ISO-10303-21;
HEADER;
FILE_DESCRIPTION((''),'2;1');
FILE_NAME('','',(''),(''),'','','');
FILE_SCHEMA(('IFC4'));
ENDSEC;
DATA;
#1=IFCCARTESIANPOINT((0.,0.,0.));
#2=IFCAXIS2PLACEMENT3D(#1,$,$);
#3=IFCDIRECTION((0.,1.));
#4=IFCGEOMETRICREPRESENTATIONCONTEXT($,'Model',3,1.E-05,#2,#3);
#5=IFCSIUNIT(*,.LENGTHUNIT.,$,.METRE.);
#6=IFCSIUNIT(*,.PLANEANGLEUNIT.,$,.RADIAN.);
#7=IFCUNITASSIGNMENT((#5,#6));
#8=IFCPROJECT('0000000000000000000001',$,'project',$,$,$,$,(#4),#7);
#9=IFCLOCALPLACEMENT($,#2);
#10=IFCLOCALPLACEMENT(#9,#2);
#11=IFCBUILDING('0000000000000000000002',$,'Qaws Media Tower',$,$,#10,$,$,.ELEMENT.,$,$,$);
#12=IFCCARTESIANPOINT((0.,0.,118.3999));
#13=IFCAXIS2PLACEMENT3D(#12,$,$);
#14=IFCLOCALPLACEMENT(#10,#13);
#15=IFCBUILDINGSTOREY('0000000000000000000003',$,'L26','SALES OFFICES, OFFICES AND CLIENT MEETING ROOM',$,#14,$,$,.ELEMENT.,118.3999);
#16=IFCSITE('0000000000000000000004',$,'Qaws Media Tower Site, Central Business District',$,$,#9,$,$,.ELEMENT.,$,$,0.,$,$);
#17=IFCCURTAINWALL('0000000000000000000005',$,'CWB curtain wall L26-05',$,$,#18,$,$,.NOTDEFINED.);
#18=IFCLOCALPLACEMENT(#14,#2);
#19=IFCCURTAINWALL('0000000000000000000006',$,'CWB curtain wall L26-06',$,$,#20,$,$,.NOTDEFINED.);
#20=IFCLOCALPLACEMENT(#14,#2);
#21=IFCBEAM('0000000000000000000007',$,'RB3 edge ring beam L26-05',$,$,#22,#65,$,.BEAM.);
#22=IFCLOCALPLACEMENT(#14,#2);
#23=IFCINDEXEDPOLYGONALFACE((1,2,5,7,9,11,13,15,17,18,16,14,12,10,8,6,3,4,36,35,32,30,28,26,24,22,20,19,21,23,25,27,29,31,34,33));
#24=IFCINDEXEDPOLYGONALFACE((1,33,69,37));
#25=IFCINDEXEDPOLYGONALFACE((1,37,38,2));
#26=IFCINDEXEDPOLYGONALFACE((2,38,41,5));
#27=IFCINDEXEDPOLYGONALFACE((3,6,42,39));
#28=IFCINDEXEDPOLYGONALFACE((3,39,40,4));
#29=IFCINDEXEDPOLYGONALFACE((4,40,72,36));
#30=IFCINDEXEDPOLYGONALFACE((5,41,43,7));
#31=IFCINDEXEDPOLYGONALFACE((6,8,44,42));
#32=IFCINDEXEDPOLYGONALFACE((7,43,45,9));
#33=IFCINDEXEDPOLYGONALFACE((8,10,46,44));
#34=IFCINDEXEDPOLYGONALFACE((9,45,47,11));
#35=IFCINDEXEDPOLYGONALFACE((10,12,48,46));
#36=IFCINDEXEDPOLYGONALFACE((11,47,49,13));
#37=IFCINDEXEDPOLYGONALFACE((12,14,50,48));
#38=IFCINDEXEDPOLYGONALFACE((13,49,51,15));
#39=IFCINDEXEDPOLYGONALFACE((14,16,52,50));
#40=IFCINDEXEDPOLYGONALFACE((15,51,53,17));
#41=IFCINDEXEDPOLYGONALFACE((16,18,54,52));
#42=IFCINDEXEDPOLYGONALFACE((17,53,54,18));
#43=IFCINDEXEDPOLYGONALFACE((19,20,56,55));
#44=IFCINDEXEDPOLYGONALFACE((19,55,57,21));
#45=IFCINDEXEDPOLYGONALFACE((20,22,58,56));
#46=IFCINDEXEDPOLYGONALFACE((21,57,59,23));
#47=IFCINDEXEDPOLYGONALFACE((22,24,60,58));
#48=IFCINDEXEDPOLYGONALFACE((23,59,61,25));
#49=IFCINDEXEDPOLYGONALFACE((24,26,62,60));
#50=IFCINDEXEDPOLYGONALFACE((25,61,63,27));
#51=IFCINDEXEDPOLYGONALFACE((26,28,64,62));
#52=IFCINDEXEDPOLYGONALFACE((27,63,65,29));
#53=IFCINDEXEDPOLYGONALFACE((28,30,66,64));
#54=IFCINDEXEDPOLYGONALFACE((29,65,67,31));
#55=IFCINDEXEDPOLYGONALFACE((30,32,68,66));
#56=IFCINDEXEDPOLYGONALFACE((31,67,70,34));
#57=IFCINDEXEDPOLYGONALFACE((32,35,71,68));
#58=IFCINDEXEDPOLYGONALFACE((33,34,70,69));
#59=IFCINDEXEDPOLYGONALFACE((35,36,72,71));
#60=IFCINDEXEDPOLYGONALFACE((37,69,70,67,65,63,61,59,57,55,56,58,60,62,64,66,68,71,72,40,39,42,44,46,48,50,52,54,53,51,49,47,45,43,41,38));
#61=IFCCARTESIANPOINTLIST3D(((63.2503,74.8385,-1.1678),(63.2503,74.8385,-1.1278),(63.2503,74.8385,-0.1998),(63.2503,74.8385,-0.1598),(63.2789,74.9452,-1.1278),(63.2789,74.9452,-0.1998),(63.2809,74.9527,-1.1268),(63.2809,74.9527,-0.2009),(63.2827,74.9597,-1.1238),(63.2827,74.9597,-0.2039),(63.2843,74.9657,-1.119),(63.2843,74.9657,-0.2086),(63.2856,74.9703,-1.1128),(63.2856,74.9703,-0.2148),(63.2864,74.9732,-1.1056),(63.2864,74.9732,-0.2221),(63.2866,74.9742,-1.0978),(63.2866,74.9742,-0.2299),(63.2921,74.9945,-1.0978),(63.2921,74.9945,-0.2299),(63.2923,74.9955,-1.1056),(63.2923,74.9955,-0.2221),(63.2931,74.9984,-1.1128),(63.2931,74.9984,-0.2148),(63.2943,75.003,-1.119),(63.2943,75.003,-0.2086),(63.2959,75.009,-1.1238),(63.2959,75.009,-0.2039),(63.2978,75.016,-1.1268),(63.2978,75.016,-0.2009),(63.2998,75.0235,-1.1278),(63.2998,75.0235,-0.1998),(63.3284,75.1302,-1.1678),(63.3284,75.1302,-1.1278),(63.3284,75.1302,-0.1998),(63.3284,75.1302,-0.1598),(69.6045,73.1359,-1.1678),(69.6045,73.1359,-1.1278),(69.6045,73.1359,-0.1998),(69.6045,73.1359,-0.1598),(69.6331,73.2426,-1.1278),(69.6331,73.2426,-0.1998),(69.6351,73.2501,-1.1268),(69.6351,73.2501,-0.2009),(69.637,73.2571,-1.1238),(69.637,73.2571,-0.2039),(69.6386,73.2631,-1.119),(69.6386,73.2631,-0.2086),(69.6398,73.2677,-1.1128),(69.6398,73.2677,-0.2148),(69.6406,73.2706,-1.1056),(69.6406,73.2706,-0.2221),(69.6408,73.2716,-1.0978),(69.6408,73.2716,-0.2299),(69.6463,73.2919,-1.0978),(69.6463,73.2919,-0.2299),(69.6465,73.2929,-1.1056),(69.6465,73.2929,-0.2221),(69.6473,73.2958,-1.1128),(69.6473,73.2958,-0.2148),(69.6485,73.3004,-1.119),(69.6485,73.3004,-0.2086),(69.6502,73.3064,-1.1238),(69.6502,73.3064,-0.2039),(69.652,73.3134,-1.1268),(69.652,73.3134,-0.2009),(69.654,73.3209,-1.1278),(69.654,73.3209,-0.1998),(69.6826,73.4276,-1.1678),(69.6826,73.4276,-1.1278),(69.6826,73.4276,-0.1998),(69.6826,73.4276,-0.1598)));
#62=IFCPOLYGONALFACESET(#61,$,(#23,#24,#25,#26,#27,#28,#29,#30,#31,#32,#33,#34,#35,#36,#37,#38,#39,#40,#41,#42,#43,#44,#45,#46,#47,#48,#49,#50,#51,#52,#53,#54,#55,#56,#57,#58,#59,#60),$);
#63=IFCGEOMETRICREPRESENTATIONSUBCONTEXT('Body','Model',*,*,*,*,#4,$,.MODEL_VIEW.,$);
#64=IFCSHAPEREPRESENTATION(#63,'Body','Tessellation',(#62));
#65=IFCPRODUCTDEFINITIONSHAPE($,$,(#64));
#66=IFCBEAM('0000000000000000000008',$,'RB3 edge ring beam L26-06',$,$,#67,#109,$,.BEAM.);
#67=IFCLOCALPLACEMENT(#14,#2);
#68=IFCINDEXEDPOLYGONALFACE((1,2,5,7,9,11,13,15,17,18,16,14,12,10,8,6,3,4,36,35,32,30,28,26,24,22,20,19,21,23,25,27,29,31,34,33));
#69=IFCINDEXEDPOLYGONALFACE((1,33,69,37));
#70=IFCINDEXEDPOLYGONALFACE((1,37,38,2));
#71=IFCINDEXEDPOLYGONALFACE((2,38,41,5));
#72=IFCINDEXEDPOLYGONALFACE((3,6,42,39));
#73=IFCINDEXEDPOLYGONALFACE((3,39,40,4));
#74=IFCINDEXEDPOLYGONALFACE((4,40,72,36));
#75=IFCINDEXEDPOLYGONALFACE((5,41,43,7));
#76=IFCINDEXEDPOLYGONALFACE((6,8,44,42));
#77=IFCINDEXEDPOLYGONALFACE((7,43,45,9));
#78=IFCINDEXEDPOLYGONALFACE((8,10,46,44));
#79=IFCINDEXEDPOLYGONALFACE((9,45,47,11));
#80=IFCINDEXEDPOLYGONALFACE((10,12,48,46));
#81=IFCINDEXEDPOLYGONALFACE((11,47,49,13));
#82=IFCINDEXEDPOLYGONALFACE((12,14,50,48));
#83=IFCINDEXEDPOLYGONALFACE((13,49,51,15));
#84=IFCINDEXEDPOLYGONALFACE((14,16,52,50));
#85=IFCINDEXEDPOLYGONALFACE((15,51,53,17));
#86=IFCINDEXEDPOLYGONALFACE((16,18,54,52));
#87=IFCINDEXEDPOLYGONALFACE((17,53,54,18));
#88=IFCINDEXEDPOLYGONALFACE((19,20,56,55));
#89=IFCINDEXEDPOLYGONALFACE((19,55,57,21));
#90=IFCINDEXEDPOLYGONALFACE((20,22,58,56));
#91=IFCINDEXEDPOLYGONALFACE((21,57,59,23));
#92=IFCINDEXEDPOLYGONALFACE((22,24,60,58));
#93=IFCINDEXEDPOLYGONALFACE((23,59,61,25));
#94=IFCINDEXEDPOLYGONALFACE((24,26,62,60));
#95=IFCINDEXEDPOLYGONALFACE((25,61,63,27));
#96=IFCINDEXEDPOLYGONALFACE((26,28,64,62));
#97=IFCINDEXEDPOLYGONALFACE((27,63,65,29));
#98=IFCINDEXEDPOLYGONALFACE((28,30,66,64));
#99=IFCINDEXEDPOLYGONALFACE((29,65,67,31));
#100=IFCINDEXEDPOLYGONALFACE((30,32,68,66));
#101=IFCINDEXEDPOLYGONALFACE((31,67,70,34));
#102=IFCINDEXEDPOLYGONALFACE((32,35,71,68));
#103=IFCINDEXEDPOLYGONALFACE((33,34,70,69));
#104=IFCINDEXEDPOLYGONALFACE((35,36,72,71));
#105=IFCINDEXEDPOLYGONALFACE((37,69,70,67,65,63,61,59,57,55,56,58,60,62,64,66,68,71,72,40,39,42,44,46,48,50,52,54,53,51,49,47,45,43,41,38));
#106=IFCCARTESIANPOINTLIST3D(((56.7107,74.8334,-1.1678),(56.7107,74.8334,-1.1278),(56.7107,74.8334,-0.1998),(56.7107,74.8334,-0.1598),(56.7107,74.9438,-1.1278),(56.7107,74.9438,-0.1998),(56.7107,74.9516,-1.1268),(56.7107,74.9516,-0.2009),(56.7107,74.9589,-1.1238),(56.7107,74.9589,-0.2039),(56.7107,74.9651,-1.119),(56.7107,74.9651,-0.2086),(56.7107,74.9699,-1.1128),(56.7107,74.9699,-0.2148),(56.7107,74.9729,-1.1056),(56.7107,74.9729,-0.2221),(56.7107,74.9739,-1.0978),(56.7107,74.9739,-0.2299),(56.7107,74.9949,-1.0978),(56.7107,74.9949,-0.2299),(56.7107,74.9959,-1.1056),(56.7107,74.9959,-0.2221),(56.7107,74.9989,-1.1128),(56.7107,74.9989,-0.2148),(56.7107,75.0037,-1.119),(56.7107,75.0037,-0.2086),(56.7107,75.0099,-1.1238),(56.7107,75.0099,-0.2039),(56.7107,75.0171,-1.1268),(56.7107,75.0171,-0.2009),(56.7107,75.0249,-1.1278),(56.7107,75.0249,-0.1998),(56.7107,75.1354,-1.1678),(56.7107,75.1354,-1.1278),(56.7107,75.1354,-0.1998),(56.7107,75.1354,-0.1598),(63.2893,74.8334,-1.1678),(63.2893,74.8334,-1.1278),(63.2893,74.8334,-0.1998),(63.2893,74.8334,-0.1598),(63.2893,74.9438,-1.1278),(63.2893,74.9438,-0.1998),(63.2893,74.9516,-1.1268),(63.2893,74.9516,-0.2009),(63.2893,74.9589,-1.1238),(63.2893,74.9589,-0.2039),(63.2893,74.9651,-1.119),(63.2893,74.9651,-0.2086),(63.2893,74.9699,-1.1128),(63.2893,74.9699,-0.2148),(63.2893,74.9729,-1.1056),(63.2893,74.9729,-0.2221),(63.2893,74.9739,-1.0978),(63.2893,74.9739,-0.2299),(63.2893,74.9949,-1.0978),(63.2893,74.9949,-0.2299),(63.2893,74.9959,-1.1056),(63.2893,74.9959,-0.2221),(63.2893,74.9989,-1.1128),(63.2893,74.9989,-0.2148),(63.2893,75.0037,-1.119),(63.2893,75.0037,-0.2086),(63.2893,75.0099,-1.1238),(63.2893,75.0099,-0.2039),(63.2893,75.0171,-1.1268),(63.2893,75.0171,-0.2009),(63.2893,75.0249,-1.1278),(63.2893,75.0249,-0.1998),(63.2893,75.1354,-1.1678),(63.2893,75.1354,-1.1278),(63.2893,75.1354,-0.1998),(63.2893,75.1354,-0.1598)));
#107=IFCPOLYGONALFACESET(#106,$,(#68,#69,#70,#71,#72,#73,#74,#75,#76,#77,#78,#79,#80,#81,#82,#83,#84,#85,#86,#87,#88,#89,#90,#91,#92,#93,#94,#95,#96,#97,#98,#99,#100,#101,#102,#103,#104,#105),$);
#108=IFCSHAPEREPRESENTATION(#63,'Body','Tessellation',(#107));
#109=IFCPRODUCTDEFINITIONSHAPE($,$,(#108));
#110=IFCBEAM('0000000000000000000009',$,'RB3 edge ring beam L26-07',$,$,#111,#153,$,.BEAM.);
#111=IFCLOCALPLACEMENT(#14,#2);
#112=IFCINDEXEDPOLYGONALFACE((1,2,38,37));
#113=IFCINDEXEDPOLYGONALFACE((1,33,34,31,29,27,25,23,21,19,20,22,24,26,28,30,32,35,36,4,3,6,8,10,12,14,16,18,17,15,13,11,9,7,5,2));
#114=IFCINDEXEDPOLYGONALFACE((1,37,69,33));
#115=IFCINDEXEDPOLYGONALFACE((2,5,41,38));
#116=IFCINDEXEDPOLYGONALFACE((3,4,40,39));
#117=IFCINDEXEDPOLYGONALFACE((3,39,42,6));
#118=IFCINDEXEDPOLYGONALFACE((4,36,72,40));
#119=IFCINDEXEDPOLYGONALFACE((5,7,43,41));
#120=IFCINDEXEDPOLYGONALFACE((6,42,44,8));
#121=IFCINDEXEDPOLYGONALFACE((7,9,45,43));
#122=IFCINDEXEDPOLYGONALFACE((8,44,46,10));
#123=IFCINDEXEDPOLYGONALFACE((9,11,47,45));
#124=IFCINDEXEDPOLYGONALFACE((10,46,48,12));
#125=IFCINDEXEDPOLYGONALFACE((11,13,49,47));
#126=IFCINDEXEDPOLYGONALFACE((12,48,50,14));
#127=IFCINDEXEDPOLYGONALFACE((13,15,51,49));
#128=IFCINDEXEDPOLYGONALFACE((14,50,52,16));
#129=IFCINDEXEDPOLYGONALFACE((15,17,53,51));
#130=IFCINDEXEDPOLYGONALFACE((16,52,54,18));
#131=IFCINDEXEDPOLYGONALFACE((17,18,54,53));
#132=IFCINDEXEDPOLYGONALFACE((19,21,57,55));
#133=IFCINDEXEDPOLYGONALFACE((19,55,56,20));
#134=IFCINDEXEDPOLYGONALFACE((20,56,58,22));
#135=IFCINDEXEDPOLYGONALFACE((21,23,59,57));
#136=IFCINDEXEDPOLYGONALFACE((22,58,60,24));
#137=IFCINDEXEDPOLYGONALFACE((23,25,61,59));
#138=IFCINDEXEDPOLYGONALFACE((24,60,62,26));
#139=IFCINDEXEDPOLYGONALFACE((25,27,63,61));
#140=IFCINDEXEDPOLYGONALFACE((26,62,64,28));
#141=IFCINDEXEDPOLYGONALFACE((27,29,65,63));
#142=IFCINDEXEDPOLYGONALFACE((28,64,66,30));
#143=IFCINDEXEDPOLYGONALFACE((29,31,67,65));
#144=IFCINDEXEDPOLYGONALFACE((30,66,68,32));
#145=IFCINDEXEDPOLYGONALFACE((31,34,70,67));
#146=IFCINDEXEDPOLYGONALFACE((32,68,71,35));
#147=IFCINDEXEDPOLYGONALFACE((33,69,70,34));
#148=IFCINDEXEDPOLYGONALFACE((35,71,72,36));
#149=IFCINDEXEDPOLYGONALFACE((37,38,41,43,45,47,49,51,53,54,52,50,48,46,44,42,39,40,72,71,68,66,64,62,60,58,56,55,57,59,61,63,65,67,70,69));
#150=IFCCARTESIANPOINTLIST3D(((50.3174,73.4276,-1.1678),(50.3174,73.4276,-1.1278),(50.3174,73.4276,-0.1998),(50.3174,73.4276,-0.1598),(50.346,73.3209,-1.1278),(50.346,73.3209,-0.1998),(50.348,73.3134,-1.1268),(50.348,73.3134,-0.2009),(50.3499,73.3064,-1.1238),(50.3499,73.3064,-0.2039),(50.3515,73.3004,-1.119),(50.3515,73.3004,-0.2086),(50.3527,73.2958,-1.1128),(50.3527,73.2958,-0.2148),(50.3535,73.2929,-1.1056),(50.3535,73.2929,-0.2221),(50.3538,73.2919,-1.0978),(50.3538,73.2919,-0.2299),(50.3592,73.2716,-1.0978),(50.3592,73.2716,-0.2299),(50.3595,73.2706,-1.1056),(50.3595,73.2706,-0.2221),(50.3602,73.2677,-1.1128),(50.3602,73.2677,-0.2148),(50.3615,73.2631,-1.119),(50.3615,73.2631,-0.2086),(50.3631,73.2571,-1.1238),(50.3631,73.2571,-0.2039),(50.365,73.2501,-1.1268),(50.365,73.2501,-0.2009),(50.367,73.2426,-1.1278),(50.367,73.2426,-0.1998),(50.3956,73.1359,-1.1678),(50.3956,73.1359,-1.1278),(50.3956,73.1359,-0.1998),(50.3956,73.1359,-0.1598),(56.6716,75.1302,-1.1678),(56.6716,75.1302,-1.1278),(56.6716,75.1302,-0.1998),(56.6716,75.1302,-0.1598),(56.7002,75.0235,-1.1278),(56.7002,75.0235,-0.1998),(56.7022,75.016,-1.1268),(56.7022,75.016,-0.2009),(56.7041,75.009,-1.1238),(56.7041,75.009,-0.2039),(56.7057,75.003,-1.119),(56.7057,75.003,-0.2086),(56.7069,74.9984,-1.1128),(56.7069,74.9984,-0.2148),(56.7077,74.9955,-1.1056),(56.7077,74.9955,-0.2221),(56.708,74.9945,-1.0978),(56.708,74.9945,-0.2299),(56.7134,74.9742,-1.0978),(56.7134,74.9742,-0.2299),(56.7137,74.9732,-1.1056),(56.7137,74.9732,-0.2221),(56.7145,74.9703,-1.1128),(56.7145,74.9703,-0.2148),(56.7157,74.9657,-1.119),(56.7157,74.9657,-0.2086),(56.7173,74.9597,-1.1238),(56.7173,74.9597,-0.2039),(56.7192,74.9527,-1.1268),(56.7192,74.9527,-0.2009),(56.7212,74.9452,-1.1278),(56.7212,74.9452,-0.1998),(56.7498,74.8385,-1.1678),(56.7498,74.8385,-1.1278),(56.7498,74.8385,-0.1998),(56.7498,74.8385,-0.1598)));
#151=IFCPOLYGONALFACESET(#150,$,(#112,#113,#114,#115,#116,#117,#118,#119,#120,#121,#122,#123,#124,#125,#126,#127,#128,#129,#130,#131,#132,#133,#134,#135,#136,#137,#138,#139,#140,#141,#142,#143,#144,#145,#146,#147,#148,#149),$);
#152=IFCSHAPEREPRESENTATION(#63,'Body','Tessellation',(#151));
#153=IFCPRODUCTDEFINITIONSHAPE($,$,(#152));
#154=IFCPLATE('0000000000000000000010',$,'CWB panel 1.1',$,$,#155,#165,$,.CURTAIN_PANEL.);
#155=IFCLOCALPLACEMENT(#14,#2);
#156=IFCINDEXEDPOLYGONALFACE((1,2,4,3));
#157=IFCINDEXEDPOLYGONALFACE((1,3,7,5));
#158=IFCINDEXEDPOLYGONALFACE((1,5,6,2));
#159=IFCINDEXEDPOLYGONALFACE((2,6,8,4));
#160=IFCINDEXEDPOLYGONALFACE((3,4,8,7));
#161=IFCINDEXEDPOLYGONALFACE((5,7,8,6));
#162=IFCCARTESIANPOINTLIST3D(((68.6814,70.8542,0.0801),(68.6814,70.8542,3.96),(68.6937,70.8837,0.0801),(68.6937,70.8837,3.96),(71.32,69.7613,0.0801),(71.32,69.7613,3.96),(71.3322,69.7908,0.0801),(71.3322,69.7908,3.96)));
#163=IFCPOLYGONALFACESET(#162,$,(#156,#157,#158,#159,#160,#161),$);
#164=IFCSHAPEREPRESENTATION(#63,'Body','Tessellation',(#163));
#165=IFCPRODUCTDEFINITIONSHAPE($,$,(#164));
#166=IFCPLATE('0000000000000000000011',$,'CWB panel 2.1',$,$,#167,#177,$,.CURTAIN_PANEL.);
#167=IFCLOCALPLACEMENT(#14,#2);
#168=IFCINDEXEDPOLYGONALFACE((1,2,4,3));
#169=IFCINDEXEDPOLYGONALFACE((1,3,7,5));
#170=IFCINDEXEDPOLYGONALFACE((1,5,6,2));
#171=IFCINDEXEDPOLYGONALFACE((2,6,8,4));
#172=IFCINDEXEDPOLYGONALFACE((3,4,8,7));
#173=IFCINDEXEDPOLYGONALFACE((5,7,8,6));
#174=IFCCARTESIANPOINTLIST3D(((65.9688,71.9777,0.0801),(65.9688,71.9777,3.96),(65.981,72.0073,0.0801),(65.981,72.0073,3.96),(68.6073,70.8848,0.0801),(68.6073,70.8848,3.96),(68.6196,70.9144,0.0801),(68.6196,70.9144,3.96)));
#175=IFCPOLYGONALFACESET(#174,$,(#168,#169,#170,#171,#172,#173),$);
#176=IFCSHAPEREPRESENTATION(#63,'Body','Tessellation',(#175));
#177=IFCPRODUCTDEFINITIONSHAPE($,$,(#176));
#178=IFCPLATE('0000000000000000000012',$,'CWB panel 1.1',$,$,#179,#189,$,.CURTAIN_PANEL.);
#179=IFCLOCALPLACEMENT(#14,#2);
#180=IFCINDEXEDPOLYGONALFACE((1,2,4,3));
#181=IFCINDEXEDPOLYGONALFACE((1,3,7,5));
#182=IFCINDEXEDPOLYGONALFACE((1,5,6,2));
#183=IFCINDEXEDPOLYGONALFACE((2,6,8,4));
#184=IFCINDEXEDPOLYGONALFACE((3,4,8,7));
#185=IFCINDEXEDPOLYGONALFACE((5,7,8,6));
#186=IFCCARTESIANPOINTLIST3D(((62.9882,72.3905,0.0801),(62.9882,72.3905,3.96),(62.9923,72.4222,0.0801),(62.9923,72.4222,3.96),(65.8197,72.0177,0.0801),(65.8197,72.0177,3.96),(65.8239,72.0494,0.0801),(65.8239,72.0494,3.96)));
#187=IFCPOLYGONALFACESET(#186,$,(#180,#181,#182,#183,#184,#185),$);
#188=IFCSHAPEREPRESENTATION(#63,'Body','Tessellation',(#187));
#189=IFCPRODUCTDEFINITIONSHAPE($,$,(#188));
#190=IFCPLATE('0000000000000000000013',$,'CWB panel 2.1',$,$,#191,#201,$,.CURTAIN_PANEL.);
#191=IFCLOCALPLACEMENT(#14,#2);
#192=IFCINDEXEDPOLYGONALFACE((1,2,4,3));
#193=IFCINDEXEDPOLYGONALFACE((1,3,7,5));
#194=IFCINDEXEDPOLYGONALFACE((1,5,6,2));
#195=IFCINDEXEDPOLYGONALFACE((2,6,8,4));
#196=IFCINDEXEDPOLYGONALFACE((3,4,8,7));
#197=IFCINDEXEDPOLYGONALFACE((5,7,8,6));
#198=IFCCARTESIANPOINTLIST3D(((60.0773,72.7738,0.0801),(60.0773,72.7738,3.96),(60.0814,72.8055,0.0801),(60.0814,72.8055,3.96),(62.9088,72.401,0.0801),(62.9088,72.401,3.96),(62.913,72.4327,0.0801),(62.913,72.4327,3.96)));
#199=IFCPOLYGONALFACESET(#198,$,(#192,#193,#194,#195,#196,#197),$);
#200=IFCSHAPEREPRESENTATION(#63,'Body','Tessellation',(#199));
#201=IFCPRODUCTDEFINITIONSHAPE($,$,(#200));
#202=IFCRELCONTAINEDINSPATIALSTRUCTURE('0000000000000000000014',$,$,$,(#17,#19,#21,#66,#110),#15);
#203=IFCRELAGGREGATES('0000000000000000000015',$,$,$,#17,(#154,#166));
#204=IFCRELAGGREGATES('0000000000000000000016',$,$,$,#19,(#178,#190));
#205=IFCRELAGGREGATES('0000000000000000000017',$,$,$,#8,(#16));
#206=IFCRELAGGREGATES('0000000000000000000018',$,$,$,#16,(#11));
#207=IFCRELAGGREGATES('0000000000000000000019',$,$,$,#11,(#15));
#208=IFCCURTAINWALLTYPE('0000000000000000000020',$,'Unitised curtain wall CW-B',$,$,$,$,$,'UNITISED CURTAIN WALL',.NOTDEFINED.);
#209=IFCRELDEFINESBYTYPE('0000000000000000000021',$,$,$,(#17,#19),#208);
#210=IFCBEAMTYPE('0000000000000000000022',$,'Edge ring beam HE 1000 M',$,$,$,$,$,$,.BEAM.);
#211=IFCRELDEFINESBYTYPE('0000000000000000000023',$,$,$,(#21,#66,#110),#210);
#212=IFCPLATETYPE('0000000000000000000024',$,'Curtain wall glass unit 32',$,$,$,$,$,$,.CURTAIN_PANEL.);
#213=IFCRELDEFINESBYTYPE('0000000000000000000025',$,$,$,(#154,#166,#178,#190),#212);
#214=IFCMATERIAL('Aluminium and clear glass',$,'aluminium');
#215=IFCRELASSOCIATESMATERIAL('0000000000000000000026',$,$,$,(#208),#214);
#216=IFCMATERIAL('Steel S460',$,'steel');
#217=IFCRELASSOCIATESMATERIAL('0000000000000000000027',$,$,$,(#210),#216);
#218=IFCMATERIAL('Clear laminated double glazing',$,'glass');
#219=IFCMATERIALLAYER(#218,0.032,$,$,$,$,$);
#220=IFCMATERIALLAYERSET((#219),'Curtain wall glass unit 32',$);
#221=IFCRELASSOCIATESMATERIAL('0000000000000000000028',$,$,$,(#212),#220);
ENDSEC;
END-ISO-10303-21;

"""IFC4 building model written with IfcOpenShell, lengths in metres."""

from ifc_helpers import new_model, si_unit, direction, frame, origin, origin_2d, place, context, subcontext, project, spatial, rectangle, i_section, extrude, material, layer, layer_set, material_profile, profile_set, type_object, element, aggregate, save


model = new_model("IFC4")

# Units and contexts
model_context = context("Model", 3, precision=1e-05, world=origin(), true_north=direction((0.0, 1.0)))
body_context = subcontext(model_context, "Body", "Model", "MODEL_VIEW")
ifc_project = project(units=[si_unit("LENGTHUNIT", "METRE"), si_unit("PLANEANGLEUNIT", "RADIAN")], contexts=[model_context])

# Site, building, storey
site_placement = place(None, origin())
site = spatial("IfcSite", under=ifc_project, at=site_placement, Name="Qaws Media Tower Site, Central Business District", CompositionType="ELEMENT", RefElevation=0.0)
building_placement = place(site_placement, origin())
building = spatial("IfcBuilding", under=site, at=building_placement, Name="Qaws Media Tower", CompositionType="ELEMENT")
storey_placement = place(building_placement, frame((0.0, 0.0, 118.3999)))
storey = spatial("IfcBuildingStorey", under=building, at=storey_placement, Name="L26", Description="SALES OFFICES, OFFICES AND CLIENT MEETING ROOM", CompositionType="ELEMENT", Elevation=118.3999)

# Curtain walls
ifc_material_1 = material(Name="Aluminium and clear glass", Category="aluminium")
curtain_wall_type = type_object("IfcCurtainWallType", Name="Unitised curtain wall CW-B", ElementType="UNITISED CURTAIN WALL", PredefinedType="NOTDEFINED", material=ifc_material_1)
curtain_wall_1_placement = place(storey_placement, origin())
curtain_wall_1 = element("IfcCurtainWall", 1, at=curtain_wall_1_placement, inside=storey, type_object=curtain_wall_type, Name="CWB curtain wall L26-05", PredefinedType="NOTDEFINED")
curtain_wall_2_placement = place(storey_placement, origin())
curtain_wall_2 = element("IfcCurtainWall", 2, at=curtain_wall_2_placement, inside=storey, type_object=curtain_wall_type, Name="CWB curtain wall L26-06", PredefinedType="NOTDEFINED")

# Beams
ifc_material_2 = material(Name="Steel S460", Category="steel")
ifc_material_profile_1 = material_profile(ifc_material_2, i_section(OverallWidth=0.302, OverallDepth=1.0081, WebThickness=0.021, FlangeThickness=0.04, FilletRadius=0.03, at=origin_2d()), Name="HE 1000 M")
ifc_profile_set_1 = profile_set([ifc_material_profile_1], Name="Steel S460")
beam_type = type_object("IfcBeamType", Name="Edge ring beam HE 1000 M", PredefinedType="BEAM", material=ifc_profile_set_1)
beam_1_placement = place(storey_placement, frame((69.6436, 73.2817, -0.6638), z_axis=(-0.965925, 0.258822, 0.0), x_axis=(-0.258822, -0.965925, 0.0)))
element("IfcBeam", 3, at=beam_1_placement, inside=storey, type_object=beam_type, Name="RB3 edge ring beam L26-05", PredefinedType="BEAM", context=body_context, shape_type="SweptSolid", body=[
    extrude(i_section(OverallWidth=0.302, OverallDepth=1.0081, WebThickness=0.021, FlangeThickness=0.04, FilletRadius=0.03, at=origin_2d()), origin(), (0.0, 0.0, 1.0), 6.5784),
])
beam_2_placement = place(storey_placement, frame((63.2893, 74.9844, -0.6638), z_axis=(-1.0, 0.0, 0.0), x_axis=(0.0, -1.0, 0.0)))
element("IfcBeam", 4, at=beam_2_placement, inside=storey, type_object=beam_type, Name="RB3 edge ring beam L26-06", PredefinedType="BEAM", context=body_context, shape_type="SweptSolid", body=[
    extrude(i_section(OverallWidth=0.302, OverallDepth=1.0081, WebThickness=0.021, FlangeThickness=0.04, FilletRadius=0.03, at=origin_2d()), origin(), (0.0, 0.0, 1.0), 6.5786),
])
beam_3_placement = place(storey_placement, frame((56.7107, 74.9844, -0.6638), z_axis=(-0.965925, -0.258822, 0.0), x_axis=(0.258822, -0.965925, 0.0)))
element("IfcBeam", 5, at=beam_3_placement, inside=storey, type_object=beam_type, Name="RB3 edge ring beam L26-07", PredefinedType="BEAM", context=body_context, shape_type="SweptSolid", body=[
    extrude(i_section(OverallWidth=0.302, OverallDepth=1.0081, WebThickness=0.021, FlangeThickness=0.04, FilletRadius=0.03, at=origin_2d()), origin(), (0.0, 0.0, 1.0), 6.5784),
])

# Plates
ifc_material_3 = material(Name="Clear laminated double glazing", Category="glass")
ifc_layer_1 = layer(ifc_material_3, 0.032)
ifc_layer_set_1 = layer_set([ifc_layer_1], Name="Curtain wall glass unit 32")
plate_type_1 = type_object("IfcPlateType", Name="Curtain wall glass unit 32", PredefinedType="CURTAIN_PANEL", material=ifc_layer_set_1)
plate_1_placement = place(storey_placement, frame((70.0068, 70.3225, 0.0801), z_axis=(0.0, 0.0, 1.0), x_axis=(-0.92388, 0.382683, 0.0)))
plate_1 = element("IfcPlate", 6, at=plate_1_placement, type_object=plate_type_1, Name="CWB panel 1.1", PredefinedType="CURTAIN_PANEL", context=body_context, shape_type="SweptSolid", body=[
    extrude(rectangle(XDim=2.856, YDim=0.032, at=origin_2d()), origin(), (0.0, 0.0, 1.0), 3.8799),
])
plate_2_placement = place(storey_placement, frame((67.2942, 71.446, 0.0801), z_axis=(0.0, 0.0, 1.0), x_axis=(-0.92388, 0.382683, 0.0)))
plate_2 = element("IfcPlate", 7, at=plate_2_placement, type_object=plate_type_1, Name="CWB panel 2.1", PredefinedType="CURTAIN_PANEL", context=body_context, shape_type="SweptSolid", body=[
    extrude(rectangle(XDim=2.856, YDim=0.032, at=origin_2d()), origin(), (0.0, 0.0, 1.0), 3.8799),
])
aggregate(curtain_wall_1, [plate_1, plate_2])
plate_3_placement = place(storey_placement, frame((64.406, 72.22, 0.0801), z_axis=(0.0, 0.0, 1.0), x_axis=(-0.991445, 0.130526, 0.0)))
plate_3 = element("IfcPlate", 8, at=plate_3_placement, type_object=plate_type_1, Name="CWB panel 1.1", PredefinedType="CURTAIN_PANEL", context=body_context, shape_type="SweptSolid", body=[
    extrude(rectangle(XDim=2.856, YDim=0.032, at=origin_2d()), origin(), (0.0, 0.0, 1.0), 3.8799),
])
plate_4_placement = place(storey_placement, frame((61.4951, 72.6033, 0.0801), z_axis=(0.0, 0.0, 1.0), x_axis=(-0.991445, 0.130526, 0.0)))
plate_4 = element("IfcPlate", 9, at=plate_4_placement, type_object=plate_type_1, Name="CWB panel 2.1", PredefinedType="CURTAIN_PANEL", context=body_context, shape_type="SweptSolid", body=[
    extrude(rectangle(XDim=2.856, YDim=0.032, at=origin_2d()), origin(), (0.0, 0.0, 1.0), 3.8799),
])
aggregate(curtain_wall_2, [plate_3, plate_4])

save(model, "model.ifc")
